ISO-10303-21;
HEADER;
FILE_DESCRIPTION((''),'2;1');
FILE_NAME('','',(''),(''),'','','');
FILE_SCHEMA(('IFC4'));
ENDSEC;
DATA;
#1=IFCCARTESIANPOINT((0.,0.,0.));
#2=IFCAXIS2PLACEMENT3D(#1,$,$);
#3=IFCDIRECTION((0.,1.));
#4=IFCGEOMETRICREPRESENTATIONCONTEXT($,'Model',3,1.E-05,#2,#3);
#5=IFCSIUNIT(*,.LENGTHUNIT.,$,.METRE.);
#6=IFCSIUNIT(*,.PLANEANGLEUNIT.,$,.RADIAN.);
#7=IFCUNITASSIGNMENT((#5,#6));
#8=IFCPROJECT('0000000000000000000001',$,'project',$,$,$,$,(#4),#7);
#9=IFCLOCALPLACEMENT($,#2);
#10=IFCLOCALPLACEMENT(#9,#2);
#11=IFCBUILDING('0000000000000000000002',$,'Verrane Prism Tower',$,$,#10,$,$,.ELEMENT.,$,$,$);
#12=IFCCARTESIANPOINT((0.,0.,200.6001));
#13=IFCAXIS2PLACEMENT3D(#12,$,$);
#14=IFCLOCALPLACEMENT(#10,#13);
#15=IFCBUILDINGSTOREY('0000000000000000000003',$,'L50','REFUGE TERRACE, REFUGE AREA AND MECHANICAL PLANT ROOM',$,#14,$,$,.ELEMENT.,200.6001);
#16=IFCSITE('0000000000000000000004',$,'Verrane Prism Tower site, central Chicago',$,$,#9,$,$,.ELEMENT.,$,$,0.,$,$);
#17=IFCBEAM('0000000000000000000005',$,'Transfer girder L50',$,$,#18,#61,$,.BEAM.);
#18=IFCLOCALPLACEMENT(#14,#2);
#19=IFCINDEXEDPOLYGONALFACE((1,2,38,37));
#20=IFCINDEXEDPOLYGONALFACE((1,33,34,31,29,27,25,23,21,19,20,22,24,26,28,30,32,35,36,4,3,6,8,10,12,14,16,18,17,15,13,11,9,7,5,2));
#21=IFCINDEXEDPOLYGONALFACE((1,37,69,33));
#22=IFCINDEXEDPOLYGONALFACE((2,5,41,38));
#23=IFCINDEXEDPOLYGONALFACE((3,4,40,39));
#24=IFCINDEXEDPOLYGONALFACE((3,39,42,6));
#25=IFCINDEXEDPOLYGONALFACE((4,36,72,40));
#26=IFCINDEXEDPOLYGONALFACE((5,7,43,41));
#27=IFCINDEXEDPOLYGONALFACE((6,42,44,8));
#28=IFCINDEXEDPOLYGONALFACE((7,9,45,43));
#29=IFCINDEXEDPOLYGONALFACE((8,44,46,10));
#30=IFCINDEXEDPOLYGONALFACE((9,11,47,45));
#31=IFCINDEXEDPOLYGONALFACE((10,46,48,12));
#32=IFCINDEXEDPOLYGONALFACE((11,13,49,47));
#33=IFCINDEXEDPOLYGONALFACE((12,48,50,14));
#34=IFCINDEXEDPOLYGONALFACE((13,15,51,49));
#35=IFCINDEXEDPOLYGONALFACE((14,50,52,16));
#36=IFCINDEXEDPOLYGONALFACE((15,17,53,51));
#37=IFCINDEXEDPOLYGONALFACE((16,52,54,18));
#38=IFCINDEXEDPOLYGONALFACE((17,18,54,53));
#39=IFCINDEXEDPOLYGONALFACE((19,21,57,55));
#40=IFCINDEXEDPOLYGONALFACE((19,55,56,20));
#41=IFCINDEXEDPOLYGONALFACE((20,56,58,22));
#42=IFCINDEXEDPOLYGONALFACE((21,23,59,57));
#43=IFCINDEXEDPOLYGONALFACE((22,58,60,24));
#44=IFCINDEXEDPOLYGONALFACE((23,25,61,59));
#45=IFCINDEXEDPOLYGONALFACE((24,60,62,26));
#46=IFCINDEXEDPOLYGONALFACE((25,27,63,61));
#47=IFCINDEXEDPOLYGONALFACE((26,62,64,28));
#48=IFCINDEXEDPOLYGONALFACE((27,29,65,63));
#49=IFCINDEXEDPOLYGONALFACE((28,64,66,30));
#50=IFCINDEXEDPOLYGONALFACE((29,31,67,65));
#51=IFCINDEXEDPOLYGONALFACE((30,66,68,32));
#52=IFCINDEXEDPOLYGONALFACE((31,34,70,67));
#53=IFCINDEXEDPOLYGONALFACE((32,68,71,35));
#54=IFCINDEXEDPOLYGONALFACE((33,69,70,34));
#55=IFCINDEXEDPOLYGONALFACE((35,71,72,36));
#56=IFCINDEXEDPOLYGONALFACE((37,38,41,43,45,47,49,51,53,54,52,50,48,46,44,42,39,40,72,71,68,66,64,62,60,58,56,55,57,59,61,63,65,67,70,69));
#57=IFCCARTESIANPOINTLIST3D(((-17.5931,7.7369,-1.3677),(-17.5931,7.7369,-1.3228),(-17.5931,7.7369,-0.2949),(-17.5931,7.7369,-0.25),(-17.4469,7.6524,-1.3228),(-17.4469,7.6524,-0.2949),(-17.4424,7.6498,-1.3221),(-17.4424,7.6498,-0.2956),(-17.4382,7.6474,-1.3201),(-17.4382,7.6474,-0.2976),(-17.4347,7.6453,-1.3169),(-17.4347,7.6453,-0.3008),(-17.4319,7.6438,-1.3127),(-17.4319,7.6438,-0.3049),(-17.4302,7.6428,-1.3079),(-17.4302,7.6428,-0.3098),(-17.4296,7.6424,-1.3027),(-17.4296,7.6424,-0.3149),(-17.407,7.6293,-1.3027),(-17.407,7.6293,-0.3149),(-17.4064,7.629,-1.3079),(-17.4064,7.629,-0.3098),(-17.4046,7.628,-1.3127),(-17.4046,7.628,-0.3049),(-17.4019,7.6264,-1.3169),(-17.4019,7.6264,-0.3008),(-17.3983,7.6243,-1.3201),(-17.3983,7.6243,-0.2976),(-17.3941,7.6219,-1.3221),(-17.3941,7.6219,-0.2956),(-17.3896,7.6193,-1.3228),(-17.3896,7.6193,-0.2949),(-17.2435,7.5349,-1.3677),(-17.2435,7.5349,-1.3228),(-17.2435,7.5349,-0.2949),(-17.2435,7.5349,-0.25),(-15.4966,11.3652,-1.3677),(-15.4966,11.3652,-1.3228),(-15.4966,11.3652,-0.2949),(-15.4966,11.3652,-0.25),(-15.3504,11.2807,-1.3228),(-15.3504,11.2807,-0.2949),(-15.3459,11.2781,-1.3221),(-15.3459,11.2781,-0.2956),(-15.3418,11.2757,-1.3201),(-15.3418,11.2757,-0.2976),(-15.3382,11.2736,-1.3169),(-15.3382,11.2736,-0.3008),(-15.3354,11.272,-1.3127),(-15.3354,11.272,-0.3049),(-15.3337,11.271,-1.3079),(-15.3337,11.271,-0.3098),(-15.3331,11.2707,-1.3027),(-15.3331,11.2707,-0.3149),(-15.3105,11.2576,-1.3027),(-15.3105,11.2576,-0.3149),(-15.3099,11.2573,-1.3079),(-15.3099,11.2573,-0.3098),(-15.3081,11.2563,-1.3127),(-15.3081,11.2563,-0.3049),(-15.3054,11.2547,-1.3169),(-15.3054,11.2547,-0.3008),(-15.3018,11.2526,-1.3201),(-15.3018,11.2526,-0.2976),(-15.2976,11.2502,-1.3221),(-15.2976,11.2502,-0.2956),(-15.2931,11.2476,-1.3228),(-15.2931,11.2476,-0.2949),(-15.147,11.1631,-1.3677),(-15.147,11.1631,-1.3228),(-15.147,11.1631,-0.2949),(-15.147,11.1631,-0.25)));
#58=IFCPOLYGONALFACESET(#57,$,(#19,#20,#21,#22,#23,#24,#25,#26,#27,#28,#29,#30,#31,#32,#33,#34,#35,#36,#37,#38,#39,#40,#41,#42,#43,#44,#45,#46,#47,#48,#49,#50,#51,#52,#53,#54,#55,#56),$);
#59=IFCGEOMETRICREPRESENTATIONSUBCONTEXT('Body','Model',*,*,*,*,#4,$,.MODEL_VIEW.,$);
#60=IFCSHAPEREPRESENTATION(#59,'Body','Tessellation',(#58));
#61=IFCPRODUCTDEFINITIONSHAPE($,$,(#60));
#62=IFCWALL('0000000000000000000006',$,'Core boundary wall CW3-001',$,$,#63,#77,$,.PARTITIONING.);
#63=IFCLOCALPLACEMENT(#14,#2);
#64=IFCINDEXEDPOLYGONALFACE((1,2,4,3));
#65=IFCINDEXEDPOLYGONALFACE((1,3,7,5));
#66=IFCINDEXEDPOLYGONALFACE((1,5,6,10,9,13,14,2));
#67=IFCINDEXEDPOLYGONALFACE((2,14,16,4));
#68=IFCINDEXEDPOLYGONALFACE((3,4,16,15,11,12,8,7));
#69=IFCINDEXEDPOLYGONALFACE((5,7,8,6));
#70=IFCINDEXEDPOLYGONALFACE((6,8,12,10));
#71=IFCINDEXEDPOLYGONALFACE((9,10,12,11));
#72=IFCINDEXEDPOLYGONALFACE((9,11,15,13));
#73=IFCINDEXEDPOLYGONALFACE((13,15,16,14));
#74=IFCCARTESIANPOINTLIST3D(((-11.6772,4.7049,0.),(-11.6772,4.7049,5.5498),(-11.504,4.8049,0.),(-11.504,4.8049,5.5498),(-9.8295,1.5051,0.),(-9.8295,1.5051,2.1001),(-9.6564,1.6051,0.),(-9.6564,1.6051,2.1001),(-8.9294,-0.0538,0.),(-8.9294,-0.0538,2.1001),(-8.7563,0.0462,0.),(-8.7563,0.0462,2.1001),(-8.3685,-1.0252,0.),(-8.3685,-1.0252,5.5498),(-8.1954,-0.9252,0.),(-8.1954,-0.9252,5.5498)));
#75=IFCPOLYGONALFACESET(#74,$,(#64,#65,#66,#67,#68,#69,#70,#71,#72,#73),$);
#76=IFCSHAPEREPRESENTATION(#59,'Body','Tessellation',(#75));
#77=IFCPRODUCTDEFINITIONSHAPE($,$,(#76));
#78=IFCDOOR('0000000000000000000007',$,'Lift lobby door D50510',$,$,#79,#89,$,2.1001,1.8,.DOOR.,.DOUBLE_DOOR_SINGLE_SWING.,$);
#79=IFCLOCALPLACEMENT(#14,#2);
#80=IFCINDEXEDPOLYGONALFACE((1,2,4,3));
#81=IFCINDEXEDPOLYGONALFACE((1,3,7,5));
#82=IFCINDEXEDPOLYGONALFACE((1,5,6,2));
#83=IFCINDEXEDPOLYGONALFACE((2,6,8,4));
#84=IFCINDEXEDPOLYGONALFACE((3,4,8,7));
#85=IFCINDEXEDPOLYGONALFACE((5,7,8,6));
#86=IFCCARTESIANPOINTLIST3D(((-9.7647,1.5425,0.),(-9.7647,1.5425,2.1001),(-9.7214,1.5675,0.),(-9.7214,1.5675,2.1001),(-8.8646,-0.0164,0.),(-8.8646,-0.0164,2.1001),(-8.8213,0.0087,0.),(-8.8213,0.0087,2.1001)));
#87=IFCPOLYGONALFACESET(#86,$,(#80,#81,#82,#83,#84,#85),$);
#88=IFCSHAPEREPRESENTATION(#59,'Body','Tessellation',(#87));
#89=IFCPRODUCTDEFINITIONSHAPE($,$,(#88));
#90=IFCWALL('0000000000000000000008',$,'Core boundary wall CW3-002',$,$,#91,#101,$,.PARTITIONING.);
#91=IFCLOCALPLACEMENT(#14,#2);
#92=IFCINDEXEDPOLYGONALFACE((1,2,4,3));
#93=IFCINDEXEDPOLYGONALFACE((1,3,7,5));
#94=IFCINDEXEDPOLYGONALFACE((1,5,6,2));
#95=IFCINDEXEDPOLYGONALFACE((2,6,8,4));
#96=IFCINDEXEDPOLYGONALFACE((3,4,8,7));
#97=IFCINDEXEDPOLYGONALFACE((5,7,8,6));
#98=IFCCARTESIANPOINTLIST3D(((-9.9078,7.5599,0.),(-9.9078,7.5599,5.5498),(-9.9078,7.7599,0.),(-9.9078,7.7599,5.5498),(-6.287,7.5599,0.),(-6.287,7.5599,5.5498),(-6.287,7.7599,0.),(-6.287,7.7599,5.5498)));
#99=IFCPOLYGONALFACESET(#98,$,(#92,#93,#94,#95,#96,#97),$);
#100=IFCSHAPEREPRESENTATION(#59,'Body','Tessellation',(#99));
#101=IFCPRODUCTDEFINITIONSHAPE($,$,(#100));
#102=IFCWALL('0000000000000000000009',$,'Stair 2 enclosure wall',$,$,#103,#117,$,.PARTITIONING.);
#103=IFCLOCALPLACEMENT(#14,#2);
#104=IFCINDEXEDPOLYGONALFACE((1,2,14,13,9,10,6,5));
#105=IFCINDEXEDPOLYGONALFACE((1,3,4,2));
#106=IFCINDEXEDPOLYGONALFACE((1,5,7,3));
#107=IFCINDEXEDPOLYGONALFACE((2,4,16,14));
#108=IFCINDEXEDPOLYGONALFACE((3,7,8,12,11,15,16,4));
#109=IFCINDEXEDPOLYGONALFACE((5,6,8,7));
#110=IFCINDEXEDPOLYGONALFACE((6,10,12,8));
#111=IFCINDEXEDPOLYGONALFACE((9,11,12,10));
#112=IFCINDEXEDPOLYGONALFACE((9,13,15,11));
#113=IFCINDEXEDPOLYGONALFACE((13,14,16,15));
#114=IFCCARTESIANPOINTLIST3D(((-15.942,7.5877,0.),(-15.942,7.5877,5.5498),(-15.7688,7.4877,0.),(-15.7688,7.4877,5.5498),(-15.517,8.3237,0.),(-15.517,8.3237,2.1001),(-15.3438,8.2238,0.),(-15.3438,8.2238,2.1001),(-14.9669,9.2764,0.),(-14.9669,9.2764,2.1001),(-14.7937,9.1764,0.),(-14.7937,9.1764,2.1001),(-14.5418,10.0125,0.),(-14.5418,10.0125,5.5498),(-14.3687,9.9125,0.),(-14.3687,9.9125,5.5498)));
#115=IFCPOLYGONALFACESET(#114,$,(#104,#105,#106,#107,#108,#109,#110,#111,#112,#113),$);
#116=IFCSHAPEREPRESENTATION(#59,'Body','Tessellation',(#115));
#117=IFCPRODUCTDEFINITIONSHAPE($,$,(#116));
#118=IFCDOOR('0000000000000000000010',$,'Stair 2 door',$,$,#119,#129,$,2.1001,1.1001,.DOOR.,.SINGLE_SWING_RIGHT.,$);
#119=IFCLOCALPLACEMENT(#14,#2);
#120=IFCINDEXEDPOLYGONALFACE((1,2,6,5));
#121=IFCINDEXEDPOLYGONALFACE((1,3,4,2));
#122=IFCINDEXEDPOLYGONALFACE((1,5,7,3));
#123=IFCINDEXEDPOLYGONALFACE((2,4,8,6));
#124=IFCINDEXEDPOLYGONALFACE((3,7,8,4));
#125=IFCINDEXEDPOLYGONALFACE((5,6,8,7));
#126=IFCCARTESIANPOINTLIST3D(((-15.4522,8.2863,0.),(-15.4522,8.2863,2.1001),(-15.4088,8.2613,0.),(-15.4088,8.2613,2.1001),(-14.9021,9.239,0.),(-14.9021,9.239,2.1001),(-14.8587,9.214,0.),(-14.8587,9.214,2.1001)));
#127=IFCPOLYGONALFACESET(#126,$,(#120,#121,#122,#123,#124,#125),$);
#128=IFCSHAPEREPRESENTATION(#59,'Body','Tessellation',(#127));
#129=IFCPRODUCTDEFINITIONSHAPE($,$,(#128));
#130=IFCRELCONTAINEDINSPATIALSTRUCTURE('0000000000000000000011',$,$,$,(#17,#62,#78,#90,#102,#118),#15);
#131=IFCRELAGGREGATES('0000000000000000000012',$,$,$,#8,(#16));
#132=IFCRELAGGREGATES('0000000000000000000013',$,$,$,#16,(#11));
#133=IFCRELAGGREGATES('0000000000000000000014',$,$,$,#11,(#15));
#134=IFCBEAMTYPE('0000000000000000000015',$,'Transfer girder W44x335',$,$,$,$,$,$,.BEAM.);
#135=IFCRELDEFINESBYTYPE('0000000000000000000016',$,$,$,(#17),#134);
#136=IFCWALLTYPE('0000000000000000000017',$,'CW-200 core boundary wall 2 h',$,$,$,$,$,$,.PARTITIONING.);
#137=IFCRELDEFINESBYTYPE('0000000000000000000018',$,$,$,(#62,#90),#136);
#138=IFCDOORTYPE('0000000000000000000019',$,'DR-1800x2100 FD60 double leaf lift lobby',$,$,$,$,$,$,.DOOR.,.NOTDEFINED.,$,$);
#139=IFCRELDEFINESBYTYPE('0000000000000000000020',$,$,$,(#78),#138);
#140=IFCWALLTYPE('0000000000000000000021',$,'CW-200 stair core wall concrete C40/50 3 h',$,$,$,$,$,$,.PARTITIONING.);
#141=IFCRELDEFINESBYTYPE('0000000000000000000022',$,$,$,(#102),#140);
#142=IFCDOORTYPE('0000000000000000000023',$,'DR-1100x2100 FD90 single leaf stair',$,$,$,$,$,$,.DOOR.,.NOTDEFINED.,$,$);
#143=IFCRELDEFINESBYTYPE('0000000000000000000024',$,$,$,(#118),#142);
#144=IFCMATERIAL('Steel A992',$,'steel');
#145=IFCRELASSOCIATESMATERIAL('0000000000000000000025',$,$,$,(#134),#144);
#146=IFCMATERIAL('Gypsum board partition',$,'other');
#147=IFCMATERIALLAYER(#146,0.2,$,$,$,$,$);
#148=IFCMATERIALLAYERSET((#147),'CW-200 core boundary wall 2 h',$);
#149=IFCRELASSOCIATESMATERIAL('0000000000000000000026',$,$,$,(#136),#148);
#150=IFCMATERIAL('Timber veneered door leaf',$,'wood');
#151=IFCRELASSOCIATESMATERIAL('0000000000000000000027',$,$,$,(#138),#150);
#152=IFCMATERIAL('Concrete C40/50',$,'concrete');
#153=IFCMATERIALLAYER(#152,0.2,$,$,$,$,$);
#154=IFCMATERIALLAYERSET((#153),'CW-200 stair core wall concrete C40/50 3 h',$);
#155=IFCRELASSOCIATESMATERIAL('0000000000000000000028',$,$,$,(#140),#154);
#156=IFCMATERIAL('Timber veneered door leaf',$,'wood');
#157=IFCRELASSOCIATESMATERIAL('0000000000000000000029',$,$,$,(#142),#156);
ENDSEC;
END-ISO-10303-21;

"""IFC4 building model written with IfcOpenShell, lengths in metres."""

from ifc_helpers import new_model, si_unit, direction, frame, frame_2d, origin, origin_2d, place, context, subcontext, project, spatial, rectangle, i_section, extrude, material, layer, layer_set, material_profile, profile_set, type_object, element, fill, save


model = new_model("IFC4")

# Units and contexts
model_context = context("Model", 3, precision=1e-05, world=origin(), true_north=direction((0.0, 1.0)))
body_context = subcontext(model_context, "Body", "Model", "MODEL_VIEW")
ifc_project = project(units=[si_unit("LENGTHUNIT", "METRE"), si_unit("PLANEANGLEUNIT", "RADIAN")], contexts=[model_context])

# Site, building, storey
site_placement = place(None, origin())
site = spatial("IfcSite", under=ifc_project, at=site_placement, Name="Verrane Prism Tower site, central Chicago", CompositionType="ELEMENT", RefElevation=0.0)
building_placement = place(site_placement, origin())
building = spatial("IfcBuilding", under=site, at=building_placement, Name="Verrane Prism Tower", CompositionType="ELEMENT")
storey_placement = place(building_placement, frame((0.0, 0.0, 200.6001)))
storey = spatial("IfcBuildingStorey", under=building, at=storey_placement, Name="L50", Description="REFUGE TERRACE, REFUGE AREA AND MECHANICAL PLANT ROOM", CompositionType="ELEMENT", Elevation=200.6001)

# Beam
ifc_material_1 = material(Name="Steel A992", Category="steel")
ifc_material_profile_1 = material_profile(ifc_material_1, i_section(OverallWidth=0.4038, OverallDepth=1.1177, WebThickness=0.0261, FlangeThickness=0.0449, FilletRadius=0.02, at=origin_2d()), Name="W44x335")
ifc_profile_set_1 = profile_set([ifc_material_profile_1], Name="Steel A992")
beam_type_1 = type_object("IfcBeamType", Name="Transfer girder W44x335", PredefinedType="BEAM", material=ifc_profile_set_1)
beam_1_placement = place(storey_placement, frame((-15.3218, 11.2642, -0.8088), z_axis=(-0.500306, -0.865849, 0.0), x_axis=(0.865849, -0.500306, 0.0)))
element("IfcBeam", 1, at=beam_1_placement, inside=storey, type_object=beam_type_1, Name="Transfer girder L50", PredefinedType="BEAM", context=body_context, shape_type="SweptSolid", body=[
    extrude(i_section(OverallWidth=0.4038, OverallDepth=1.1177, WebThickness=0.0261, FlangeThickness=0.0449, FilletRadius=0.02, at=origin_2d()), origin(), (0.0, 0.0, 1.0), 4.1904),
])

# Wall, opening, door
ifc_material_2 = material(Name="Gypsum board partition", Category="other")
ifc_layer_1 = layer(ifc_material_2, 0.2)
ifc_layer_set_1 = layer_set([ifc_layer_1], Name="CW-200 core boundary wall 2 h")
wall_type_1 = type_object("IfcWallType", Name="CW-200 core boundary wall 2 h", PredefinedType="PARTITIONING", material=ifc_layer_set_1)
wall_1_placement = place(storey_placement, frame((-11.5906, 4.7549, 0.0), z_axis=(0.0, 0.0, 1.0), x_axis=(0.500044, -0.866, 0.0)))
wall_1 = element("IfcWall", 2, at=wall_1_placement, inside=storey, type_object=wall_type_1, Name="Core boundary wall CW3-001", PredefinedType="PARTITIONING", context=body_context, shape_type="SweptSolid", body=[
    extrude(rectangle(XDim=6.6167, YDim=0.2, at=frame_2d((3.3083, 0.0))), origin(), (0.0, 0.0, 1.0), 5.5498),
])
opening_1_placement = place(wall_1_placement, frame((3.6951, 0.0, 0.0)))
opening_1 = element("IfcOpeningElement", 3, at=opening_1_placement, cuts=wall_1, PredefinedType="OPENING", context=body_context, shape_type="SweptSolid", body=[
    extrude(rectangle(XDim=1.8, YDim=2.1001, at=frame_2d((0.8999, 1.05))), frame((0.0, 0.1099, 0.0), z_axis=(0.0, -1.0, 0.0), x_axis=(1.0, 0.0, 0.0)), (0.0, 0.0, 1.0), 0.22),
])
ifc_material_3 = material(Name="Timber veneered door leaf", Category="wood")
door_type_1 = type_object("IfcDoorType", Name="DR-1800x2100 FD60 double leaf lift lobby", OperationType="NOTDEFINED", PredefinedType="DOOR", material=ifc_material_3)
door_1_placement = place(opening_1_placement, origin())
door_1 = element("IfcDoor", 4, at=door_1_placement, inside=storey, type_object=door_type_1, Name="Lift lobby door D50510", OperationType="DOUBLE_DOOR_SINGLE_SWING", OverallHeight=2.1001, OverallWidth=1.8, PredefinedType="DOOR", context=body_context, shape_type="SweptSolid", body=[
    extrude(rectangle(XDim=1.8, YDim=2.1001, at=frame_2d((0.8999, 1.05))), frame((0.0, 0.0249, 0.0), z_axis=(0.0, -1.0, 0.0), x_axis=(1.0, 0.0, 0.0)), (0.0, 0.0, 1.0), 0.05),
])
fill(opening_1, door_1)

# Wall
wall_2_placement = place(storey_placement, frame((-9.908, 7.6599, 0.0), z_axis=(0.0, 0.0, 1.0), x_axis=(1.0, 0.0, 0.0)))
element("IfcWall", 5, at=wall_2_placement, inside=storey, type_object=wall_type_1, Name="Core boundary wall CW3-002", PredefinedType="PARTITIONING", context=body_context, shape_type="SweptSolid", body=[
    extrude(rectangle(XDim=3.6208, YDim=0.2, at=frame_2d((1.8105, 0.0))), origin(), (0.0, 0.0, 1.0), 5.5498),
])

# Wall, opening, door
ifc_material_4 = material(Name="Concrete C40/50", Category="concrete")
ifc_layer_2 = layer(ifc_material_4, 0.2)
ifc_layer_set_2 = layer_set([ifc_layer_2], Name="CW-200 stair core wall concrete C40/50 3 h")
wall_type_2 = type_object("IfcWallType", Name="CW-200 stair core wall concrete C40/50 3 h", PredefinedType="PARTITIONING", material=ifc_layer_set_2)
wall_3_placement = place(storey_placement, frame((-14.4553, 9.9624, 0.0), z_axis=(0.0, 0.0, 1.0), x_axis=(-0.50005, -0.865997, 0.0)))
wall_3 = element("IfcWall", 6, at=wall_3_placement, inside=storey, type_object=wall_type_2, Name="Stair 2 enclosure wall", PredefinedType="PARTITIONING", context=body_context, shape_type="SweptSolid", body=[
    extrude(rectangle(XDim=2.8, YDim=0.2, at=frame_2d((1.3999, 0.0))), origin(), (0.0, 0.0, 1.0), 5.5498),
])
opening_2_placement = place(wall_3_placement, frame((0.8499, 0.0, 0.0)))
opening_2 = element("IfcOpeningElement", 7, at=opening_2_placement, cuts=wall_3, PredefinedType="OPENING", context=body_context, shape_type="SweptSolid", body=[
    extrude(rectangle(XDim=1.1001, YDim=2.1001, at=frame_2d((0.55, 1.05))), frame((0.0, 0.1099, 0.0), z_axis=(0.0, -1.0, 0.0), x_axis=(1.0, 0.0, 0.0)), (0.0, 0.0, 1.0), 0.22),
])
ifc_material_5 = material(Name="Timber veneered door leaf", Category="wood")
door_type_2 = type_object("IfcDoorType", Name="DR-1100x2100 FD90 single leaf stair", OperationType="NOTDEFINED", PredefinedType="DOOR", material=ifc_material_5)
door_2_placement = place(opening_2_placement, origin())
door_2 = element("IfcDoor", 8, at=door_2_placement, inside=storey, type_object=door_type_2, Name="Stair 2 door", OperationType="SINGLE_SWING_RIGHT", OverallHeight=2.1001, OverallWidth=1.1001, PredefinedType="DOOR", context=body_context, shape_type="SweptSolid", body=[
    extrude(rectangle(XDim=1.1001, YDim=2.1001, at=frame_2d((0.55, 1.05))), frame((0.0, 0.0249, 0.0), z_axis=(0.0, -1.0, 0.0), x_axis=(1.0, 0.0, 0.0)), (0.0, 0.0, 1.0), 0.05),
])
fill(opening_2, door_2)

save(model, "model.ifc")
